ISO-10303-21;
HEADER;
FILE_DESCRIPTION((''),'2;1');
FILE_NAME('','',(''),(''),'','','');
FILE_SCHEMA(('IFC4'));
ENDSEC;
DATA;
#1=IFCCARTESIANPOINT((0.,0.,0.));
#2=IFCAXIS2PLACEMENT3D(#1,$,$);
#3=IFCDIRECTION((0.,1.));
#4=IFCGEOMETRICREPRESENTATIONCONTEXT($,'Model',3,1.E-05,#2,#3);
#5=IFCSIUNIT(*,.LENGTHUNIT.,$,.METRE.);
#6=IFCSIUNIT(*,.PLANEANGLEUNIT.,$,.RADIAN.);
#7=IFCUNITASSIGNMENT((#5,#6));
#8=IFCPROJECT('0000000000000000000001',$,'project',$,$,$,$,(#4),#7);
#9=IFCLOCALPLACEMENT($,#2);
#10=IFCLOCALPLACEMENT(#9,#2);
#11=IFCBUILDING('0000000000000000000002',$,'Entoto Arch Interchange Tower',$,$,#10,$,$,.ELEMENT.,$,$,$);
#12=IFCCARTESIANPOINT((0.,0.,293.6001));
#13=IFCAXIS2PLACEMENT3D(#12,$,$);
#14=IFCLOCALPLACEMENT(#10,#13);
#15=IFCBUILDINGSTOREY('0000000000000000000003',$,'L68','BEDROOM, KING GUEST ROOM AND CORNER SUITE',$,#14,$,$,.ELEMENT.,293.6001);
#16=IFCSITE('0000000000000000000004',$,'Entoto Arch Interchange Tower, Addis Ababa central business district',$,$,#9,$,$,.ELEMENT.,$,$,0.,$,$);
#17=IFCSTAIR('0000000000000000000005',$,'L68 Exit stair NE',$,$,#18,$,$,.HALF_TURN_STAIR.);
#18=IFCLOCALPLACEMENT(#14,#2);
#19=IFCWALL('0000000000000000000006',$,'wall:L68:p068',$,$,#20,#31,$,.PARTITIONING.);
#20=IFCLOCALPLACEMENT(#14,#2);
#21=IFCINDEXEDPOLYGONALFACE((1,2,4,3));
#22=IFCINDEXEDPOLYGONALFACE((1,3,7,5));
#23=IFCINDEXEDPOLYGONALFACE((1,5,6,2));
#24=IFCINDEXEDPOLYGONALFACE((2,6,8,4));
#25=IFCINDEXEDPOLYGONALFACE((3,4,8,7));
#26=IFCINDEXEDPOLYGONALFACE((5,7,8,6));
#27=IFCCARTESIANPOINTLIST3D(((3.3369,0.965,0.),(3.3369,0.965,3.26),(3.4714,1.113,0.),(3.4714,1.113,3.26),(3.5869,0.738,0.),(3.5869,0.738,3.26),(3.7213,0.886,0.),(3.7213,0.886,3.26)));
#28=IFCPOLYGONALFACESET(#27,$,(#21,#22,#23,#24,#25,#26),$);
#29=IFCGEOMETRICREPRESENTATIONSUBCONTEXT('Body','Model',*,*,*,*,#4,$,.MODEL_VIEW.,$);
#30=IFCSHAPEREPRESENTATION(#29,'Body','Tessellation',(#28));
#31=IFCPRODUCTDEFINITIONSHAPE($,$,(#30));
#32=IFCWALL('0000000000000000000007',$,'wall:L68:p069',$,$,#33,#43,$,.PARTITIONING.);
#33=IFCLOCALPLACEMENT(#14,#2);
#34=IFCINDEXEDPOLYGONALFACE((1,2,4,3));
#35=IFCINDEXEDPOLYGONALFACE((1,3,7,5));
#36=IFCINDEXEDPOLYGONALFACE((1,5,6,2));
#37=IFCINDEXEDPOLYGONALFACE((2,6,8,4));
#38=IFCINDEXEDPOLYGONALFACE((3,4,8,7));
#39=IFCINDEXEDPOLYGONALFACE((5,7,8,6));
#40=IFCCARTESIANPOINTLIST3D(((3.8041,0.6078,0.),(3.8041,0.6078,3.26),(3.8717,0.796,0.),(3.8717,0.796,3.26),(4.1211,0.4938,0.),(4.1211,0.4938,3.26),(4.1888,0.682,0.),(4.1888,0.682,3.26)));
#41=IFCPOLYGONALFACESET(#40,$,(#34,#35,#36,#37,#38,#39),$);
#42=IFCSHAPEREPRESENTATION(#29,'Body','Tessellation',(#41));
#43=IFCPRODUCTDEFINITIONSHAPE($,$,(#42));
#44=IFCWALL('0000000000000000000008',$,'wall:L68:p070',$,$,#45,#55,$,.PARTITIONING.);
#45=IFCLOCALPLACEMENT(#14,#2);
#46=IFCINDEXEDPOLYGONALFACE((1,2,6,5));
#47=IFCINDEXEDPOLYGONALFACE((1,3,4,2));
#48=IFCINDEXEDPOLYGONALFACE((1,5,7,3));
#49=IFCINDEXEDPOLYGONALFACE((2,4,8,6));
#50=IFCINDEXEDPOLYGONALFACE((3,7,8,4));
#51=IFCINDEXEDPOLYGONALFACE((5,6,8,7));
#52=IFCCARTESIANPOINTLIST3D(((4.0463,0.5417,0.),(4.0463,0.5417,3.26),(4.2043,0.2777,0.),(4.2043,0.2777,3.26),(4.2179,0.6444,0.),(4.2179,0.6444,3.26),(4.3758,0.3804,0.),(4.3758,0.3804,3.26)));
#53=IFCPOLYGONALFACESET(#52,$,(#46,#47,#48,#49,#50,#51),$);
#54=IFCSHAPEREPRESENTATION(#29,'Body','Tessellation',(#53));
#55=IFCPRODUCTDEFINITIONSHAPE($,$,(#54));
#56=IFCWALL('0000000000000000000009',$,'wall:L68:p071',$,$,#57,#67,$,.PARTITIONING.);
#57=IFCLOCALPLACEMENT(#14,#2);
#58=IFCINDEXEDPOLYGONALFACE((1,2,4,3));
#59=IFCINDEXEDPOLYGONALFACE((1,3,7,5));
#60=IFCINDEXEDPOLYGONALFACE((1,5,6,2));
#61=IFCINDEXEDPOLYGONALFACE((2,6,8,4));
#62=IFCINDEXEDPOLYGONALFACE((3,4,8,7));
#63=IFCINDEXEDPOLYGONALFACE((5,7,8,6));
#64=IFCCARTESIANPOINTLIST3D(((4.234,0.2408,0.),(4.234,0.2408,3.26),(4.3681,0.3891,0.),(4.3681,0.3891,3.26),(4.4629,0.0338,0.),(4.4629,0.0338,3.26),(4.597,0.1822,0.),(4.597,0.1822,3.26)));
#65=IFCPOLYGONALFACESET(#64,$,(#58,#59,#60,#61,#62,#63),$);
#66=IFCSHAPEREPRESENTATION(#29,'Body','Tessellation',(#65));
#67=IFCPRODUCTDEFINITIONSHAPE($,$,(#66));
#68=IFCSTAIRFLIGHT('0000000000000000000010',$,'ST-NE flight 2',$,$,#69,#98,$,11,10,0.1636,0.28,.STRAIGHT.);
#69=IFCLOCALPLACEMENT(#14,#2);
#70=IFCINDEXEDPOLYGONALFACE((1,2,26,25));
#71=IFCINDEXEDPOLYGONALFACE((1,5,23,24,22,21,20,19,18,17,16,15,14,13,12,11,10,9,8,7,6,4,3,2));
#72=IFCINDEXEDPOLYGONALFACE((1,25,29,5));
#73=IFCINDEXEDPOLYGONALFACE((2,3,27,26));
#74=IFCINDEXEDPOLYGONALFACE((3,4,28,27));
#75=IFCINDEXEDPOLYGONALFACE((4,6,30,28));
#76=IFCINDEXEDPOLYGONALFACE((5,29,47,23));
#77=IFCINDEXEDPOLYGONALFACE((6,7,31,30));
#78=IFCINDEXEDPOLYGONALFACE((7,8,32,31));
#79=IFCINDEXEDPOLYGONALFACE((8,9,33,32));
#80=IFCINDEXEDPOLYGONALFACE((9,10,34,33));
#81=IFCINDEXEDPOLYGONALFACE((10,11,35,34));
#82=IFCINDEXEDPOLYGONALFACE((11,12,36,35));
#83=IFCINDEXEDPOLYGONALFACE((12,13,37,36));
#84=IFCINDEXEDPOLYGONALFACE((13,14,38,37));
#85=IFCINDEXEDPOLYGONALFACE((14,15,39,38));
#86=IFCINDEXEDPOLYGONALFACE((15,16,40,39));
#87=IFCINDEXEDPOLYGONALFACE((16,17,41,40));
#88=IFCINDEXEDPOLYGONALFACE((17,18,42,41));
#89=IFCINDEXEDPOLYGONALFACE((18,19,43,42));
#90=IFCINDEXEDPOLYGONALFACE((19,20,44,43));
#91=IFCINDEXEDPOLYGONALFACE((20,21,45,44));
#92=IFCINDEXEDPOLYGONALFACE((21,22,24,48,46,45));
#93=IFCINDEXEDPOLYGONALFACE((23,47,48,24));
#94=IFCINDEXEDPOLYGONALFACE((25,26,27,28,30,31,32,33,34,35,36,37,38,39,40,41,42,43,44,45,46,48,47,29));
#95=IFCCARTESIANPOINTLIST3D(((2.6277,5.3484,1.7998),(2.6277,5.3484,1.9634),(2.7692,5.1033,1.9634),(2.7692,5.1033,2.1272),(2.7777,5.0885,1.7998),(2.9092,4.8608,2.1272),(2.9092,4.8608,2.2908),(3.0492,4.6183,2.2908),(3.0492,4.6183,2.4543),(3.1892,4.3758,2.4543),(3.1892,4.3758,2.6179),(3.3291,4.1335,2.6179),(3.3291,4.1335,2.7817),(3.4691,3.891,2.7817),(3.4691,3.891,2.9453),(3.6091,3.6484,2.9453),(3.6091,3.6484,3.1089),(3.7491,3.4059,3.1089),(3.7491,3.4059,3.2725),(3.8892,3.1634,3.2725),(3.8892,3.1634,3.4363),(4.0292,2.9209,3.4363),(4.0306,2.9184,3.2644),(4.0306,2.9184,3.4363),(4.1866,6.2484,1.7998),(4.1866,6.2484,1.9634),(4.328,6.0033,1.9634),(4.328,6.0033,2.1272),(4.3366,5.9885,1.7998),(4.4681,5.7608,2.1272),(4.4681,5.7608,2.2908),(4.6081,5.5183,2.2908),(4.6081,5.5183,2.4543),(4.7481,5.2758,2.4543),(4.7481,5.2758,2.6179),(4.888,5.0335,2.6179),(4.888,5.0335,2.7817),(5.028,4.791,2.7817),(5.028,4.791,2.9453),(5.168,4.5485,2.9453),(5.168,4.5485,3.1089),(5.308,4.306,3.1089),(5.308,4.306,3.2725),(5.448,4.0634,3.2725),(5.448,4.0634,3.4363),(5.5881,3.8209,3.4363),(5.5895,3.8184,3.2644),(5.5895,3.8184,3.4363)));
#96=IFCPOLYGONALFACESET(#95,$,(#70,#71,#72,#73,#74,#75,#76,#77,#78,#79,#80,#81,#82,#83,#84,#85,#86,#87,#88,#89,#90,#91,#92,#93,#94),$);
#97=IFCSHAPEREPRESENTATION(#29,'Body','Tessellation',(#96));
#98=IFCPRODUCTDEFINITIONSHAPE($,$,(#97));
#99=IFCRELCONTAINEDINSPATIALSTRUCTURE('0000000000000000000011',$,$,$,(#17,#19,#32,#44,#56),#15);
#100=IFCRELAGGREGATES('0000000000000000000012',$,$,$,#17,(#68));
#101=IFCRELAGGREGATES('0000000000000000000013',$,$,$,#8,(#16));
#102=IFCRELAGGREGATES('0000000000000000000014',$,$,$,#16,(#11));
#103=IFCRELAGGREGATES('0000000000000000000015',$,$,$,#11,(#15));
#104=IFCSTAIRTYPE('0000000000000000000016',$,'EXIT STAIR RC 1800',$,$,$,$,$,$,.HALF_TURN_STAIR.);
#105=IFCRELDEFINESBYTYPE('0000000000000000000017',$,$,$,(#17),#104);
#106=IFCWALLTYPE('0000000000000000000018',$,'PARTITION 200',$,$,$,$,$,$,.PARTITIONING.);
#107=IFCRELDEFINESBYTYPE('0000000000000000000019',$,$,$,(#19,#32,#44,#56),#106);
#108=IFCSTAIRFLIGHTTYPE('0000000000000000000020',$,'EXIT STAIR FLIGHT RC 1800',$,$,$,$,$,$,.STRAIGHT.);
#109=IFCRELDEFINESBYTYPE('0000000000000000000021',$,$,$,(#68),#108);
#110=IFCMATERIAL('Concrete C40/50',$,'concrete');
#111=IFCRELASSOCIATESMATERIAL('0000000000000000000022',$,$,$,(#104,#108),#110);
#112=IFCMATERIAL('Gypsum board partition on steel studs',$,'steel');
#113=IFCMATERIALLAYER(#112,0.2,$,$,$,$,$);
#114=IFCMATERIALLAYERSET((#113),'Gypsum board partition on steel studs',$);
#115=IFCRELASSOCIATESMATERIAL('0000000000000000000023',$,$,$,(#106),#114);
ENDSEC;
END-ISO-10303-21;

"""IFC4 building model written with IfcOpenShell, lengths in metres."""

from ifc_helpers import new_model, si_unit, direction, frame, frame_2d, origin, place, context, subcontext, project, spatial, polyline, rectangle, outline, extrude, material, layer, layer_set, type_object, element, aggregate, save


model = new_model("IFC4")

# Units and contexts
model_context = context("Model", 3, precision=1e-05, world=origin(), true_north=direction((0.0, 1.0)))
body_context = subcontext(model_context, "Body", "Model", "MODEL_VIEW")
ifc_project = project(units=[si_unit("LENGTHUNIT", "METRE"), si_unit("PLANEANGLEUNIT", "RADIAN")], contexts=[model_context])

# Site, building, storey
site_placement = place(None, origin())
site = spatial("IfcSite", under=ifc_project, at=site_placement, Name="Entoto Arch Interchange Tower, Addis Ababa central business district", CompositionType="ELEMENT", RefElevation=0.0)
building_placement = place(site_placement, origin())
building = spatial("IfcBuilding", under=site, at=building_placement, Name="Entoto Arch Interchange Tower", CompositionType="ELEMENT")
storey_placement = place(building_placement, frame((0.0, 0.0, 293.6001)))
storey = spatial("IfcBuildingStorey", under=building, at=storey_placement, Name="L68", Description="BEDROOM, KING GUEST ROOM AND CORNER SUITE", CompositionType="ELEMENT", Elevation=293.6001)

# Stair
ifc_material_1 = material(Name="Concrete C40/50", Category="concrete")
stair_type = type_object("IfcStairType", Name="EXIT STAIR RC 1800", PredefinedType="HALF_TURN_STAIR", material=ifc_material_1)
stair_1_placement = place(storey_placement, origin())
stair_1 = element("IfcStair", 1, at=stair_1_placement, inside=storey, type_object=stair_type, Name="L68 Exit stair NE", PredefinedType="HALF_TURN_STAIR")

# Shared definitions
ifc_material_2 = material(Name="Gypsum board partition on steel studs", Category="steel")
ifc_layer_1 = layer(ifc_material_2, 0.2)
ifc_layer_set_1 = layer_set([ifc_layer_1], Name="Gypsum board partition on steel studs")
wall_type = type_object("IfcWallType", Name="PARTITION 200", PredefinedType="PARTITIONING", material=ifc_layer_set_1)

# Walls
for number, where, z_axis, x_axis, name in (
    (2, (3.4041, 1.0391, 0.0), (0.0, 0.0, 1.0), (0.740267, -0.672313, 0.0), "wall:L68:p068"),
):
    element("IfcWall", number, at=place(storey_placement, frame(where, z_axis=z_axis, x_axis=x_axis)), inside=storey, type_object=wall_type, Name=name, PredefinedType="PARTITIONING", context=body_context, shape_type="SweptSolid", body=[
        extrude(rectangle(XDim=0.3376, YDim=0.2, at=frame_2d((0.1689, 0.0))), origin(), (0.0, 0.0, 1.0), 3.26),
    ])
wall_1_placement = place(storey_placement, frame((3.8379, 0.7019, 0.0), z_axis=(0.0, 0.0, 1.0), x_axis=(0.941035, -0.338309, 0.0)))
element("IfcWall", 3, at=wall_1_placement, inside=storey, type_object=wall_type, Name="wall:L68:p069", PredefinedType="PARTITIONING", context=body_context, shape_type="SweptSolid", body=[
    extrude(rectangle(XDim=0.3369, YDim=0.2, at=frame_2d((0.1685, 0.0))), origin(), (0.0, 0.0, 1.0), 3.26),
])
wall_2_placement = place(storey_placement, frame((4.1321, 0.593, 0.0), z_axis=(0.0, 0.0, 1.0), x_axis=(0.513562, -0.858053, 0.0)))
element("IfcWall", 4, at=wall_2_placement, inside=storey, type_object=wall_type, Name="wall:L68:p070", PredefinedType="PARTITIONING", context=body_context, shape_type="SweptSolid", body=[
    extrude(rectangle(XDim=0.3076, YDim=0.2, at=frame_2d((0.1538, 0.0))), origin(), (0.0, 0.0, 1.0), 3.26),
])
wall_3_placement = place(storey_placement, frame((4.301, 0.3149, 0.0), z_axis=(0.0, 0.0, 1.0), x_axis=(0.741798, -0.670623, 0.0)))
element("IfcWall", 5, at=wall_3_placement, inside=storey, type_object=wall_type, Name="wall:L68:p071", PredefinedType="PARTITIONING", context=body_context, shape_type="SweptSolid", body=[
    extrude(rectangle(XDim=0.3086, YDim=0.2, at=frame_2d((0.1543, 0.0))), origin(), (0.0, 0.0, 1.0), 3.26),
])

# Stair flight
stair_flight_type = type_object("IfcStairFlightType", Name="EXIT STAIR FLIGHT RC 1800", PredefinedType="STRAIGHT", material=ifc_material_1)
stair_flight_placement = place(storey_placement, frame((3.4087, 5.7959, 1.7998), z_axis=(0.0, 0.0, 1.0), x_axis=(0.5, -0.866025, 0.0)))
stair_flight = element("IfcStairFlight", 6, at=stair_flight_placement, type_object=stair_flight_type, Name="ST-NE flight 2", NumberOfRisers=11, NumberOfTreads=10, PredefinedType="STRAIGHT", RiserHeight=0.1636, TreadLength=0.28, context=body_context, shape_type="SweptSolid", body=[
    extrude(outline(polyline([(-0.0029, 0.0), (-0.0029, 0.1636), (0.28, 0.1636), (0.28, 0.3274), (0.5601, 0.3274), (0.5601, 0.491), (0.8401, 0.491), (0.8401, 0.6545), (1.1201, 0.6545), (1.1201, 0.8181), (1.3999, 0.8181), (1.3999, 0.9819), (1.6799, 0.9819), (1.6799, 1.1455), (1.96, 1.1455), (1.96, 1.3091), (2.24, 1.3091), (2.24, 1.4727), (2.52, 1.4727), (2.52, 1.6365), (2.8, 1.6365), (2.803, 1.6365), (2.803, 1.4646), (0.2971, 0.0), (-0.0029, 0.0)])), frame((0.0, 0.8999, 0.0), z_axis=(0.0, -1.0, 0.0), x_axis=(1.0, 0.0, 0.0)), (0.0, 0.0, 1.0), 1.8),
])
aggregate(stair_1, [stair_flight])

save(model, "model.ifc")
